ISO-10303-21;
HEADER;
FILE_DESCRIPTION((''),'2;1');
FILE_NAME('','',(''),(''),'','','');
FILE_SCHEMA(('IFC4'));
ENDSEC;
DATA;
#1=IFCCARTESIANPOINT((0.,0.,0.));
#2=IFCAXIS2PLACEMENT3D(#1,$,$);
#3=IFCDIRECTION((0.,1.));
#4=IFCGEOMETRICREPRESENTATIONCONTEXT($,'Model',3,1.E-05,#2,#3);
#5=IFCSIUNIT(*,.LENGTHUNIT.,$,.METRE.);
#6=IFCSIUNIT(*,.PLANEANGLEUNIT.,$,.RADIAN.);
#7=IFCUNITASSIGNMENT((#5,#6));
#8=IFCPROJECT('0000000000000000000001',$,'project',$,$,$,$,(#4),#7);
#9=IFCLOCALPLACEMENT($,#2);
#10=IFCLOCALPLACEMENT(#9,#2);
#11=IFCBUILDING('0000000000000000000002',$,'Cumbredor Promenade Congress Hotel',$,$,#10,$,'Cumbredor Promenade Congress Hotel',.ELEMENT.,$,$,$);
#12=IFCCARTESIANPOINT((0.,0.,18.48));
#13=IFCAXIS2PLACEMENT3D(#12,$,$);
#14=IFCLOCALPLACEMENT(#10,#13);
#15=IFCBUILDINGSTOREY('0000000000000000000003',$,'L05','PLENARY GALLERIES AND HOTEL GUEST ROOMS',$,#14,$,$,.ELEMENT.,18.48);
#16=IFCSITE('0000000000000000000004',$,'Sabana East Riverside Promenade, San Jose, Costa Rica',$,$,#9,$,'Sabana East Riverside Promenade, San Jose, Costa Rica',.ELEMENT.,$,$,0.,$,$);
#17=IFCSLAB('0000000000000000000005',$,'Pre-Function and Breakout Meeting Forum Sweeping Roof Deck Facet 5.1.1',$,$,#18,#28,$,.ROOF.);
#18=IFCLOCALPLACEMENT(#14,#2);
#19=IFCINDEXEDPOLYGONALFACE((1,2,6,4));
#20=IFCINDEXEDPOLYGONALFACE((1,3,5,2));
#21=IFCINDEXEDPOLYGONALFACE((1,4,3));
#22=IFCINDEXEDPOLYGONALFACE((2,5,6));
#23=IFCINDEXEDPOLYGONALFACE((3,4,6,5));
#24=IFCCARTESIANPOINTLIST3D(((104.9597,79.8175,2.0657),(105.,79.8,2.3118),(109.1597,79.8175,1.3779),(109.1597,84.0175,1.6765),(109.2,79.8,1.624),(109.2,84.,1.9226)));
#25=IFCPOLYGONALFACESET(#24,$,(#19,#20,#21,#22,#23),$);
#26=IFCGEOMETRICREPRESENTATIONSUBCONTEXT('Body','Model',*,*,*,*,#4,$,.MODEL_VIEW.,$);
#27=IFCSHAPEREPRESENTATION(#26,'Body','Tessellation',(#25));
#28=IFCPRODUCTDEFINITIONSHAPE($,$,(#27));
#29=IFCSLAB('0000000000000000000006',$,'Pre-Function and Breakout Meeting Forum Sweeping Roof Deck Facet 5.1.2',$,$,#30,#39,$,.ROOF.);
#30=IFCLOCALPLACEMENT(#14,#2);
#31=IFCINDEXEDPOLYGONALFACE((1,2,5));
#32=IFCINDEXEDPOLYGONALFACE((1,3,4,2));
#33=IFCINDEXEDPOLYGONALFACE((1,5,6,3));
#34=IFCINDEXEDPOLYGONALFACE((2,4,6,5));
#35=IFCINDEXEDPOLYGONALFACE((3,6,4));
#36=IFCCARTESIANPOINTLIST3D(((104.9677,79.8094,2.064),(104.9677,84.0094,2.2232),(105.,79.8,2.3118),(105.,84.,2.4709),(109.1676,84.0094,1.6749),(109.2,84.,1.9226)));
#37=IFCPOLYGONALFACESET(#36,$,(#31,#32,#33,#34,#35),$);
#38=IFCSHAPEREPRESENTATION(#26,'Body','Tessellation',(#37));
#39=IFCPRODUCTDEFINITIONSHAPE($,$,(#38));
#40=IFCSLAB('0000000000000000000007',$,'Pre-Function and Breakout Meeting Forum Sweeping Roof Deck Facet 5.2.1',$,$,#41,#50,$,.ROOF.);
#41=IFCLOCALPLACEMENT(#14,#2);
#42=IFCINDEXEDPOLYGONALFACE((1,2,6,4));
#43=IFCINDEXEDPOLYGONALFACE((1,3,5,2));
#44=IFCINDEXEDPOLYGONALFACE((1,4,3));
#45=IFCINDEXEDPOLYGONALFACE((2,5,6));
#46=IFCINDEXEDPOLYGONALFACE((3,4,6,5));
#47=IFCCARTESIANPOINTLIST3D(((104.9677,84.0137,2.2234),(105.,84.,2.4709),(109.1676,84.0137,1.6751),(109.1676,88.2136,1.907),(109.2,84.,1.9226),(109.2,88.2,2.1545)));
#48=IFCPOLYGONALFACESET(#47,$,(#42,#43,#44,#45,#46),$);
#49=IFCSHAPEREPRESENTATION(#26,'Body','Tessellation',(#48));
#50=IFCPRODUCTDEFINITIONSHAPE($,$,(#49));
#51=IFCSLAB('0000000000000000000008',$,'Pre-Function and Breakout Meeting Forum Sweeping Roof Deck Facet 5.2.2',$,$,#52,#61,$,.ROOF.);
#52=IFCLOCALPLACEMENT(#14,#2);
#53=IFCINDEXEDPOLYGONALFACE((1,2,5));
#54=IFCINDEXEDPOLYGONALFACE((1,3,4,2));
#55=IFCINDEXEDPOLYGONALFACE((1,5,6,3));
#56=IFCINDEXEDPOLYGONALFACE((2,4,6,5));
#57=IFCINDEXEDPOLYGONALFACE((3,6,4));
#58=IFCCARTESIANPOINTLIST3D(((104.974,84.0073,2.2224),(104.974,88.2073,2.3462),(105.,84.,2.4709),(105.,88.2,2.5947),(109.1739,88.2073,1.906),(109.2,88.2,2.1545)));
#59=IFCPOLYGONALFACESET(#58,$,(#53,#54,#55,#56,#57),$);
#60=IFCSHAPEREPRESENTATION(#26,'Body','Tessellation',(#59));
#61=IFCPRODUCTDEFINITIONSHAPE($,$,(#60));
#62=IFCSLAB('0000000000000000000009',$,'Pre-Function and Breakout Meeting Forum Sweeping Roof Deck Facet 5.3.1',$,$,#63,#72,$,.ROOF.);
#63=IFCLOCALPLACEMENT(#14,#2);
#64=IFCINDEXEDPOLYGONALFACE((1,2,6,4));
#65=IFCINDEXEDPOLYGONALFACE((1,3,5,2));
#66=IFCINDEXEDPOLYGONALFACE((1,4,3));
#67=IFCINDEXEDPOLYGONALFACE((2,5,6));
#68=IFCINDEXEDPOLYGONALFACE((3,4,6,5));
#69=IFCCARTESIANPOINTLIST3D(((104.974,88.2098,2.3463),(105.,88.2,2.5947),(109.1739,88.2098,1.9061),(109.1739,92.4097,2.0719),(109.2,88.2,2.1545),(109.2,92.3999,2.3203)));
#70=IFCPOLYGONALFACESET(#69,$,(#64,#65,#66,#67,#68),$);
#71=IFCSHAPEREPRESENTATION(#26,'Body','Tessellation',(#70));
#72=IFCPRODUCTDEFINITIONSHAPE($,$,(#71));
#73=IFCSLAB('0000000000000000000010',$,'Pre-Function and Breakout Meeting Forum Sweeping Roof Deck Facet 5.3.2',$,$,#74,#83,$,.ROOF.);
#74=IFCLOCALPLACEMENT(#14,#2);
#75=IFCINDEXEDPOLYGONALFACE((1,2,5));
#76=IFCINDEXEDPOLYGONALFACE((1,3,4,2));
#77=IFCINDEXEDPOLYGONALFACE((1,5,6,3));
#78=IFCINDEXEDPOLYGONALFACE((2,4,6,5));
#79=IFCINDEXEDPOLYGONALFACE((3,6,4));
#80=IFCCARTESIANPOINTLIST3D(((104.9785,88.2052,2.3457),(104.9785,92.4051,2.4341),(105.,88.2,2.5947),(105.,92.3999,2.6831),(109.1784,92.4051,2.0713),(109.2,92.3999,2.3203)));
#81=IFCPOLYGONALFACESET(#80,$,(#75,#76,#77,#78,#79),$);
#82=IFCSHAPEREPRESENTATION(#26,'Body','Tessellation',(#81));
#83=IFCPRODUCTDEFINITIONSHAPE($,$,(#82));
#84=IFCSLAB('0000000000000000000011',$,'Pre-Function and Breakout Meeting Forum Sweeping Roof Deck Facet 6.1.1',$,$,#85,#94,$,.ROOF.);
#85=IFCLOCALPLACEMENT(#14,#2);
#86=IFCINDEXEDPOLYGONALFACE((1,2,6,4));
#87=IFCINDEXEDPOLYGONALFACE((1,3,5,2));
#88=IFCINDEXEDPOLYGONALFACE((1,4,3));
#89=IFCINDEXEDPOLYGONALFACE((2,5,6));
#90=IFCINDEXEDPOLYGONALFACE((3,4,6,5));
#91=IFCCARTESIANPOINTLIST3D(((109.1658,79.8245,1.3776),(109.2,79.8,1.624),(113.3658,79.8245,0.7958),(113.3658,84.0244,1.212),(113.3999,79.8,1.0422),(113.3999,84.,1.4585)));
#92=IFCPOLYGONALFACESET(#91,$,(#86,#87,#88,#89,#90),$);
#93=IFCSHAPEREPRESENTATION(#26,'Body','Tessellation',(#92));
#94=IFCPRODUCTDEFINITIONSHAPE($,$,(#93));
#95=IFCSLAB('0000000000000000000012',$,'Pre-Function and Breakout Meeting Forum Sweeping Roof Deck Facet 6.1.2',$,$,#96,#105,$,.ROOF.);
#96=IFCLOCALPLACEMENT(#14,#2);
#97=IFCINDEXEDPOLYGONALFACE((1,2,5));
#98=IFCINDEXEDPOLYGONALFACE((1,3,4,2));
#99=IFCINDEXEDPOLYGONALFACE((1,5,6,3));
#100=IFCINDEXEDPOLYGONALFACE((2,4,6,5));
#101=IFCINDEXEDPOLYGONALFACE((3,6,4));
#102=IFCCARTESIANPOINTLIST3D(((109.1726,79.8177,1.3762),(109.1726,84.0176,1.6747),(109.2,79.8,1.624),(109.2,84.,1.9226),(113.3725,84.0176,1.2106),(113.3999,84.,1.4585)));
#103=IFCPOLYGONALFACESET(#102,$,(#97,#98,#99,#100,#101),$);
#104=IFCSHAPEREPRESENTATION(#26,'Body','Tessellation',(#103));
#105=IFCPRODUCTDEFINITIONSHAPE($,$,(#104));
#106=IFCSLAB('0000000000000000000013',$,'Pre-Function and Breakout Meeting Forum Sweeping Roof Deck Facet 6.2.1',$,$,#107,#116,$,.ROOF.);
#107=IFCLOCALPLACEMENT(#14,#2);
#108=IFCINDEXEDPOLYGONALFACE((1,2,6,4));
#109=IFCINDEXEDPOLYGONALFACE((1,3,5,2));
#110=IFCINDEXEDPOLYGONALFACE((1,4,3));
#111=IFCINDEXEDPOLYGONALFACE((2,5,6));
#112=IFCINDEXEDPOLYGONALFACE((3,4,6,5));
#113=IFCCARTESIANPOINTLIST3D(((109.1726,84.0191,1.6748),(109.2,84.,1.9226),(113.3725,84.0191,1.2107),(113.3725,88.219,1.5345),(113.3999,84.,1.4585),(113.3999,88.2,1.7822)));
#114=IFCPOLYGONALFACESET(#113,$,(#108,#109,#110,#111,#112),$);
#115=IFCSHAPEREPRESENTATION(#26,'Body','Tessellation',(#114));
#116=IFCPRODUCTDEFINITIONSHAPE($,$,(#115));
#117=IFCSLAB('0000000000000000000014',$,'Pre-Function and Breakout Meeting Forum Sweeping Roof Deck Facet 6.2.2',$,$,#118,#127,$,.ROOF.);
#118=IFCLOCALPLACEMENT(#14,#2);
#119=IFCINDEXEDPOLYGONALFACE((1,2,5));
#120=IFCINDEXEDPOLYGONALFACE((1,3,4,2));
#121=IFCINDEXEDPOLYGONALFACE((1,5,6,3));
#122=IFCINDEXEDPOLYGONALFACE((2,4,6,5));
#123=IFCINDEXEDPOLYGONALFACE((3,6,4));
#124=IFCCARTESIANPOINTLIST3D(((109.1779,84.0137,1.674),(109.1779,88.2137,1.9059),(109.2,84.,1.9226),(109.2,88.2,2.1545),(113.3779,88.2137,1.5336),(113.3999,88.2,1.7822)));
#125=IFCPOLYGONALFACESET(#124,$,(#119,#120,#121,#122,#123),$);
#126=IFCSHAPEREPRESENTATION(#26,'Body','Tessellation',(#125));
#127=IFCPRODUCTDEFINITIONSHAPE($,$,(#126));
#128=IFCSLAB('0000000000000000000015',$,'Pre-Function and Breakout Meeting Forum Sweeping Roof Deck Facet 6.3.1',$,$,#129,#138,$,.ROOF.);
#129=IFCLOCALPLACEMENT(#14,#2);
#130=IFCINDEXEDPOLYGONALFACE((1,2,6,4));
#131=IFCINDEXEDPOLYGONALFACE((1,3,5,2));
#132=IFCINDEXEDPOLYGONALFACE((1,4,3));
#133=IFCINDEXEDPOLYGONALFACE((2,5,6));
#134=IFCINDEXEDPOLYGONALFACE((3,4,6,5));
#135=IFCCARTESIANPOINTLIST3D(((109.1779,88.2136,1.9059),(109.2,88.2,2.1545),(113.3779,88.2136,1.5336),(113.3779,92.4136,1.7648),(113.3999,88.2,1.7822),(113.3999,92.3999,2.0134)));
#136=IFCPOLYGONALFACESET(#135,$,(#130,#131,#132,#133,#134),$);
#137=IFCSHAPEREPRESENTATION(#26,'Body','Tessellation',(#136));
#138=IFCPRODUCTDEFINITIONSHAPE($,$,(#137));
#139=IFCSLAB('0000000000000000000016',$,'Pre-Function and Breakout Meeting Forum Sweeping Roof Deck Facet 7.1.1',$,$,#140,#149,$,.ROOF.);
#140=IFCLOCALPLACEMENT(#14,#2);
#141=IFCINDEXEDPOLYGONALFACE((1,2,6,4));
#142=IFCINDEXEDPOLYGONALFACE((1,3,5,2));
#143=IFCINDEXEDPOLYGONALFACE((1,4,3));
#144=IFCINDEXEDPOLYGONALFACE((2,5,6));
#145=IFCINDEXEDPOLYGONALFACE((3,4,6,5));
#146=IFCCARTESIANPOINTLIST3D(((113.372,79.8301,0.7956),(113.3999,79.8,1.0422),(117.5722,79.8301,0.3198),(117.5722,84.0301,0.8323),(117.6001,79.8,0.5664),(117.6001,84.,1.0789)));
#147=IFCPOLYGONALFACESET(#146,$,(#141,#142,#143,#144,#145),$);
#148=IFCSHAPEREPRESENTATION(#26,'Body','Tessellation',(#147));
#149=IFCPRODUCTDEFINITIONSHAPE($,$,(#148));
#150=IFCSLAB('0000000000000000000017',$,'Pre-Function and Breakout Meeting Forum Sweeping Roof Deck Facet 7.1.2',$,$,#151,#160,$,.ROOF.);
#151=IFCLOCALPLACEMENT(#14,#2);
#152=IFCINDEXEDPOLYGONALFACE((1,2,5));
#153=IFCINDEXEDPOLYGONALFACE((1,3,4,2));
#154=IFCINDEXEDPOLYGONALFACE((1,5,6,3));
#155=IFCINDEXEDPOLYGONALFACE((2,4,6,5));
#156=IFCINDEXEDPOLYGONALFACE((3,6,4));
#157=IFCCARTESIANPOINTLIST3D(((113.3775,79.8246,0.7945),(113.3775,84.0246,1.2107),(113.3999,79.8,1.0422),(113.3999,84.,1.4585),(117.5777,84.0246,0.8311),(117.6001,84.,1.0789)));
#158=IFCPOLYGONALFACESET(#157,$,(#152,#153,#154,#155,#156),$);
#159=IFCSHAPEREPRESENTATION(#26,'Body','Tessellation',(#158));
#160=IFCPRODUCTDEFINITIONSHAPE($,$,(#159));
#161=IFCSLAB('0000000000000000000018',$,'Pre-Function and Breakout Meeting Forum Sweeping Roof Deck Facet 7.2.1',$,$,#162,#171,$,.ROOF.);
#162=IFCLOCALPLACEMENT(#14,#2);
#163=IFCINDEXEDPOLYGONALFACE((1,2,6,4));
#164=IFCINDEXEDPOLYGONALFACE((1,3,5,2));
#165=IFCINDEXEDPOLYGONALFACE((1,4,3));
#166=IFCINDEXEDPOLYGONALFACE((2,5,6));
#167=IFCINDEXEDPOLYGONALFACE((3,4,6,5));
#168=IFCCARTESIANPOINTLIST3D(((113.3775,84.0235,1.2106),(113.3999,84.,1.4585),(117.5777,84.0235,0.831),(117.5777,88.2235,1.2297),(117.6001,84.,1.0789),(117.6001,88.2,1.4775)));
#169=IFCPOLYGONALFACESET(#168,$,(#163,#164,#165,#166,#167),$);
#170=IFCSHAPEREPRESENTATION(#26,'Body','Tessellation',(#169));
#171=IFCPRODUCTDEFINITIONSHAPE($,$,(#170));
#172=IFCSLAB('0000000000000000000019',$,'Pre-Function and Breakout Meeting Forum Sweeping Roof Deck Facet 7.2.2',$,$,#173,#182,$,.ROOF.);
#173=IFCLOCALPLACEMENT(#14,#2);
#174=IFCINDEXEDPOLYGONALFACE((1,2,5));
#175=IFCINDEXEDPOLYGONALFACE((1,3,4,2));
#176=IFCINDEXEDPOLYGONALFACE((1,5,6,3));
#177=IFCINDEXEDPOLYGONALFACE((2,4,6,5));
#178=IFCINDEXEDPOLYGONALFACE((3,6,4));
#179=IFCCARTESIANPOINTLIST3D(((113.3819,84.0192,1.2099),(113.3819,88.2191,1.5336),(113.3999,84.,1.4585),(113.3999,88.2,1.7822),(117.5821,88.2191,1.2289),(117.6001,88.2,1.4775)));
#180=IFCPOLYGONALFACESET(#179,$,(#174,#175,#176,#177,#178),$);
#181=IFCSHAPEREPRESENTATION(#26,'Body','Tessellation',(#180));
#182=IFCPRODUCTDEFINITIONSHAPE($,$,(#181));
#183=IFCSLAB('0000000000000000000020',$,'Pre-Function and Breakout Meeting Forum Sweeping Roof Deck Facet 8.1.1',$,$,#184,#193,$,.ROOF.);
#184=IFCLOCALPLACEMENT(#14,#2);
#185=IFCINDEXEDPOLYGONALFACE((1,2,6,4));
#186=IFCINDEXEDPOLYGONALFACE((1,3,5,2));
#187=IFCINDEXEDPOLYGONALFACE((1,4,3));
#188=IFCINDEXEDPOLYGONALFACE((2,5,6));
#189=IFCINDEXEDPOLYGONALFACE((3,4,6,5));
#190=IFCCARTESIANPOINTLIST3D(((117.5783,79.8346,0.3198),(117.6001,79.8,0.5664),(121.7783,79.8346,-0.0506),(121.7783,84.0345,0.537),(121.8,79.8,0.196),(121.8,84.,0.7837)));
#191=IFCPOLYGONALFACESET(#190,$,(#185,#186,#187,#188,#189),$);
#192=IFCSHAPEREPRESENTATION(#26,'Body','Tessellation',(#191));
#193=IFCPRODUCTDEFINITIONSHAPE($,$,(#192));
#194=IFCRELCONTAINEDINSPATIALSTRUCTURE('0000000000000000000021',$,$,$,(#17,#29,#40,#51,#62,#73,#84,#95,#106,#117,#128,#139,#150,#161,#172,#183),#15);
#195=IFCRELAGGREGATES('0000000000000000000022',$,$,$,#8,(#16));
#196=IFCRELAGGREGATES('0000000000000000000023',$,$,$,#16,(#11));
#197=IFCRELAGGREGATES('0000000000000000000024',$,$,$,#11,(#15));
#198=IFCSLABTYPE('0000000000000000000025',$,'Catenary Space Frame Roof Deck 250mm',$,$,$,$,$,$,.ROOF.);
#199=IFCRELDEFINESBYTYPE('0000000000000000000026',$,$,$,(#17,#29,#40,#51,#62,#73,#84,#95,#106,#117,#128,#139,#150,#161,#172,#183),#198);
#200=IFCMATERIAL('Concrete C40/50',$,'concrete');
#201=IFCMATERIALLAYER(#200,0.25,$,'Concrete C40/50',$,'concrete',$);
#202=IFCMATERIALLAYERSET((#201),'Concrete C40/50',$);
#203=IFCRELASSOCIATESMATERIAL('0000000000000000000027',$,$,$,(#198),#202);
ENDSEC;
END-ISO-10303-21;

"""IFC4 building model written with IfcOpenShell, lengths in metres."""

from ifc_helpers import new_model, si_unit, direction, frame, origin, place, context, subcontext, project, spatial, polyline, outline, extrude, material, layer, layer_set, type_object, element, save


model = new_model("IFC4")

# Units and contexts
model_context = context("Model", 3, precision=1e-05, world=origin(), true_north=direction((0.0, 1.0)))
body_context = subcontext(model_context, "Body", "Model", "MODEL_VIEW")
ifc_project = project(units=[si_unit("LENGTHUNIT", "METRE"), si_unit("PLANEANGLEUNIT", "RADIAN")], contexts=[model_context])

# Site, building, storey
site_placement = place(None, origin())
site = spatial("IfcSite", under=ifc_project, at=site_placement, Name="Sabana East Riverside Promenade, San Jose, Costa Rica", LongName="Sabana East Riverside Promenade, San Jose, Costa Rica", CompositionType="ELEMENT", RefElevation=0.0)
building_placement = place(site_placement, origin())
building = spatial("IfcBuilding", under=site, at=building_placement, Name="Cumbredor Promenade Congress Hotel", LongName="Cumbredor Promenade Congress Hotel", CompositionType="ELEMENT")
storey_placement = place(building_placement, frame((0.0, 0.0, 18.48)))
storey = spatial("IfcBuildingStorey", under=building, at=storey_placement, Name="L05", Description="PLENARY GALLERIES AND HOTEL GUEST ROOMS", CompositionType="ELEMENT", Elevation=18.48)

# Slabs
ifc_material_1 = material(Name="Concrete C40/50", Category="concrete")
ifc_layer_1 = layer(ifc_material_1, 0.25, Name="Concrete C40/50", Category="concrete")
ifc_layer_set_1 = layer_set([ifc_layer_1], Name="Concrete C40/50")
slab_type = type_object("IfcSlabType", Name="Catenary Space Frame Roof Deck 250mm", PredefinedType="ROOF", material=ifc_layer_set_1)
slab_1_placement = place(storey_placement, frame((105.0, 79.8, 2.3118), z_axis=(0.161202, -0.069986, 0.984437), x_axis=(0.986857, 0.0, -0.161598)))
element("IfcSlab", 1, at=slab_1_placement, inside=storey, type_object=slab_type, Name="Pre-Function and Breakout Meeting Forum Sweeping Roof Deck Facet 5.1.1", PredefinedType="ROOF", context=body_context, shape_type="SweptSolid", body=[
    extrude(outline(polyline([(0.0, 0.0), (4.2559, 0.0), (4.2076, 4.2103), (0.0, 0.0)])), origin(), (0.0, 0.0, -1.0), 0.25),
])
slab_2_placement = place(storey_placement, frame((105.0, 79.8, 2.3118), z_axis=(0.129369, -0.037555, 0.990885), x_axis=(0.705594, 0.705594, -0.065379)))
element("IfcSlab", 2, at=slab_2_placement, inside=storey, type_object=slab_type, Name="Pre-Function and Breakout Meeting Forum Sweeping Roof Deck Facet 5.1.2", PredefinedType="ROOF", context=body_context, shape_type="SweptSolid", body=[
    extrude(outline(polyline([(0.0, 0.0), (5.9524, 0.0), (2.9531, 2.9907), (0.0, 0.0)])), origin(), (0.0, 0.0, -1.0), 0.25),
])
slab_3_placement = place(storey_placement, frame((105.0, 84.0, 2.4709), z_axis=(0.129266, -0.054676, 0.990101), x_axis=(0.991585, 0.0, -0.12946)))
element("IfcSlab", 3, at=slab_3_placement, inside=storey, type_object=slab_type, Name="Pre-Function and Breakout Meeting Forum Sweeping Roof Deck Facet 5.2.1", PredefinedType="ROOF", context=body_context, shape_type="SweptSolid", body=[
    extrude(outline(polyline([(0.0, 0.0), (4.2356, 0.0), (4.2056, 4.2062), (0.0, 0.0)])), origin(), (0.0, 0.0, -1.0), 0.25),
])
slab_4_placement = place(storey_placement, frame((105.0, 84.0, 2.4709), z_axis=(0.104192, -0.029298, 0.994126), x_axis=(0.706106, 0.706106, -0.053195)))
element("IfcSlab", 4, at=slab_4_placement, inside=storey, type_object=slab_type, Name="Pre-Function and Breakout Meeting Forum Sweeping Roof Deck Facet 5.2.2", PredefinedType="ROOF", context=body_context, shape_type="SweptSolid", body=[
    extrude(outline(polyline([(0.0, 0.0), (5.948, 0.0), (2.959, 2.9831), (0.0, 0.0)])), origin(), (0.0, 0.0, -1.0), 0.25),
])
slab_5_placement = place(storey_placement, frame((105.0, 88.2, 2.5947), z_axis=(0.104156, -0.039225, 0.993787), x_axis=(0.994553, 0.0, -0.104236)))
element("IfcSlab", 5, at=slab_5_placement, inside=storey, type_object=slab_type, Name="Pre-Function and Breakout Meeting Forum Sweeping Roof Deck Facet 5.3.1", PredefinedType="ROOF", context=body_context, shape_type="SweptSolid", body=[
    extrude(outline(polyline([(0.0, 0.0), (4.223, 0.0), (4.2057, 4.2032), (0.0, 0.0)])), origin(), (0.0, 0.0, -1.0), 0.25),
])
slab_6_placement = place(storey_placement, frame((105.0, 88.2, 2.5947), z_axis=(0.086041, -0.02096, 0.996071), x_axis=(0.706353, 0.706353, -0.046151)))
element("IfcSlab", 6, at=slab_6_placement, inside=storey, type_object=slab_type, Name="Pre-Function and Breakout Meeting Forum Sweeping Roof Deck Facet 5.3.2", PredefinedType="ROOF", context=body_context, shape_type="SweptSolid", body=[
    extrude(outline(polyline([(0.0, 0.0), (5.946, 0.0), (2.9626, 2.9784), (0.0, 0.0)])), origin(), (0.0, 0.0, -1.0), 0.25),
])
slab_7_placement = place(storey_placement, frame((109.2, 79.8, 1.624), z_axis=(0.136556, -0.097703, 0.985803), x_axis=(0.990542, 0.0, -0.137212)))
element("IfcSlab", 7, at=slab_7_placement, inside=storey, type_object=slab_type, Name="Pre-Function and Breakout Meeting Forum Sweeping Roof Deck Facet 6.1.1", PredefinedType="ROOF", context=body_context, shape_type="SweptSolid", body=[
    extrude(outline(polyline([(0.0, 0.0), (4.2401, 0.0), (4.1829, 4.2201), (0.0, 0.0)])), origin(), (0.0, 0.0, -1.0), 0.25),
])
slab_8_placement = place(storey_placement, frame((109.2, 79.8, 1.624), z_axis=(0.109562, -0.070486, 0.991478), x_axis=(0.706832, 0.706832, -0.027857)))
element("IfcSlab", 8, at=slab_8_placement, inside=storey, type_object=slab_type, Name="Pre-Function and Breakout Meeting Forum Sweeping Roof Deck Facet 6.1.2", PredefinedType="ROOF", context=body_context, shape_type="SweptSolid", body=[
    extrude(outline(polyline([(0.0, 0.0), (5.9419, 0.0), (2.9603, 2.9942), (0.0, 0.0)])), origin(), (0.0, 0.0, -1.0), 0.25),
])
slab_9_placement = place(storey_placement, frame((109.2, 84.0, 1.9226), z_axis=(0.109514, -0.076389, 0.991046), x_axis=(0.99395, 0.0, -0.109835)))
element("IfcSlab", 9, at=slab_9_placement, inside=storey, type_object=slab_type, Name="Pre-Function and Breakout Meeting Forum Sweeping Roof Deck Facet 6.2.1", PredefinedType="ROOF", context=body_context, shape_type="SweptSolid", body=[
    extrude(outline(polyline([(0.0, 0.0), (4.2255, 0.0), (4.19, 4.2123), (0.0, 0.0)])), origin(), (0.0, 0.0, -1.0), 0.25),
])
slab_10_placement = place(storey_placement, frame((109.2, 84.0, 1.9226), z_axis=(0.088168, -0.054924, 0.99459), x_axis=(0.706909, 0.706909, -0.023628)))
element("IfcSlab", 10, at=slab_10_placement, inside=storey, type_object=slab_type, Name="Pre-Function and Breakout Meeting Forum Sweeping Roof Deck Facet 6.2.2", PredefinedType="ROOF", context=body_context, shape_type="SweptSolid", body=[
    extrude(outline(polyline([(0.0, 0.0), (5.9413, 0.0), (2.9635, 2.9851), (0.0, 0.0)])), origin(), (0.0, 0.0, -1.0), 0.25),
])
slab_11_placement = place(storey_placement, frame((109.2, 88.2, 2.1545), z_axis=(0.088169, -0.054751, 0.9946), x_axis=(0.996094, 0.0, -0.088301)))
element("IfcSlab", 11, at=slab_11_placement, inside=storey, type_object=slab_type, Name="Pre-Function and Breakout Meeting Forum Sweeping Roof Deck Facet 6.3.1", PredefinedType="ROOF", context=body_context, shape_type="SweptSolid", body=[
    extrude(outline(polyline([(0.0, 0.0), (4.2164, 0.0), (4.196, 4.2063), (0.0, 0.0)])), origin(), (0.0, 0.0, -1.0), 0.25),
])
slab_12_placement = place(storey_placement, frame((113.3999, 79.8, 1.0422), z_axis=(0.111749, -0.120357, 0.986421), x_axis=(0.993644, 0.0, -0.112568)))
element("IfcSlab", 12, at=slab_12_placement, inside=storey, type_object=slab_type, Name="Pre-Function and Breakout Meeting Forum Sweeping Roof Deck Facet 7.1.1", PredefinedType="ROOF", context=body_context, shape_type="SweptSolid", body=[
    extrude(outline(polyline([(0.0, 0.0), (4.2271, 0.0), (4.1694, 4.2307), (0.0, 0.0)])), origin(), (0.0, 0.0, -1.0), 0.25),
])
slab_13_placement = place(storey_placement, frame((113.3999, 79.8, 1.0422), z_axis=(0.089584, -0.098231, 0.991123), x_axis=(0.707114, 0.707073, 0.006165)))
element("IfcSlab", 13, at=slab_13_placement, inside=storey, type_object=slab_type, Name="Pre-Function and Breakout Meeting Forum Sweeping Roof Deck Facet 7.1.2", PredefinedType="ROOF", context=body_context, shape_type="SweptSolid", body=[
    extrude(outline(polyline([(0.0, 0.0), (5.9399, 0.0), (2.9722, 2.9964), (0.0, 0.0)])), origin(), (0.0, 0.0, -1.0), 0.25),
])
slab_14_placement = place(storey_placement, frame((113.3999, 84.0, 1.4585), z_axis=(0.089619, -0.09412, 0.991519), x_axis=(0.99594, 0.0, -0.090019)))
element("IfcSlab", 14, at=slab_14_placement, inside=storey, type_object=slab_type, Name="Pre-Function and Breakout Meeting Forum Sweeping Roof Deck Facet 7.2.1", PredefinedType="ROOF", context=body_context, shape_type="SweptSolid", body=[
    extrude(outline(polyline([(0.0, 0.0), (4.2173, 0.0), (4.1814, 4.2187), (0.0, 0.0)])), origin(), (0.0, 0.0, -1.0), 0.25),
])
slab_15_placement = place(storey_placement, frame((113.3999, 84.0, 1.4585), z_axis=(0.072138, -0.076651, 0.994445), x_axis=(0.707124, 0.707083, 0.003206)))
element("IfcSlab", 15, at=slab_15_placement, inside=storey, type_object=slab_type, Name="Pre-Function and Breakout Meeting Forum Sweeping Roof Deck Facet 7.2.2", PredefinedType="ROOF", context=body_context, shape_type="SweptSolid", body=[
    extrude(outline(polyline([(0.0, 0.0), (5.9398, 0.0), (2.9708, 2.9865), (0.0, 0.0)])), origin(), (0.0, 0.0, -1.0), 0.25),
])
slab_16_placement = place(storey_placement, frame((117.6001, 79.8, 0.5664), z_axis=(0.087, -0.138042, 0.986598), x_axis=(0.996134, 0.0, -0.087841)))
element("IfcSlab", 16, at=slab_16_placement, inside=storey, type_object=slab_type, Name="Pre-Function and Breakout Meeting Forum Sweeping Roof Deck Facet 8.1.1", PredefinedType="ROOF", context=body_context, shape_type="SweptSolid", body=[
    extrude(outline(polyline([(0.0, 0.0), (4.2162, 0.0), (4.1646, 4.2405), (0.0, 0.0)])), origin(), (0.0, 0.0, -1.0), 0.25),
])

save(model, "model.ifc")
